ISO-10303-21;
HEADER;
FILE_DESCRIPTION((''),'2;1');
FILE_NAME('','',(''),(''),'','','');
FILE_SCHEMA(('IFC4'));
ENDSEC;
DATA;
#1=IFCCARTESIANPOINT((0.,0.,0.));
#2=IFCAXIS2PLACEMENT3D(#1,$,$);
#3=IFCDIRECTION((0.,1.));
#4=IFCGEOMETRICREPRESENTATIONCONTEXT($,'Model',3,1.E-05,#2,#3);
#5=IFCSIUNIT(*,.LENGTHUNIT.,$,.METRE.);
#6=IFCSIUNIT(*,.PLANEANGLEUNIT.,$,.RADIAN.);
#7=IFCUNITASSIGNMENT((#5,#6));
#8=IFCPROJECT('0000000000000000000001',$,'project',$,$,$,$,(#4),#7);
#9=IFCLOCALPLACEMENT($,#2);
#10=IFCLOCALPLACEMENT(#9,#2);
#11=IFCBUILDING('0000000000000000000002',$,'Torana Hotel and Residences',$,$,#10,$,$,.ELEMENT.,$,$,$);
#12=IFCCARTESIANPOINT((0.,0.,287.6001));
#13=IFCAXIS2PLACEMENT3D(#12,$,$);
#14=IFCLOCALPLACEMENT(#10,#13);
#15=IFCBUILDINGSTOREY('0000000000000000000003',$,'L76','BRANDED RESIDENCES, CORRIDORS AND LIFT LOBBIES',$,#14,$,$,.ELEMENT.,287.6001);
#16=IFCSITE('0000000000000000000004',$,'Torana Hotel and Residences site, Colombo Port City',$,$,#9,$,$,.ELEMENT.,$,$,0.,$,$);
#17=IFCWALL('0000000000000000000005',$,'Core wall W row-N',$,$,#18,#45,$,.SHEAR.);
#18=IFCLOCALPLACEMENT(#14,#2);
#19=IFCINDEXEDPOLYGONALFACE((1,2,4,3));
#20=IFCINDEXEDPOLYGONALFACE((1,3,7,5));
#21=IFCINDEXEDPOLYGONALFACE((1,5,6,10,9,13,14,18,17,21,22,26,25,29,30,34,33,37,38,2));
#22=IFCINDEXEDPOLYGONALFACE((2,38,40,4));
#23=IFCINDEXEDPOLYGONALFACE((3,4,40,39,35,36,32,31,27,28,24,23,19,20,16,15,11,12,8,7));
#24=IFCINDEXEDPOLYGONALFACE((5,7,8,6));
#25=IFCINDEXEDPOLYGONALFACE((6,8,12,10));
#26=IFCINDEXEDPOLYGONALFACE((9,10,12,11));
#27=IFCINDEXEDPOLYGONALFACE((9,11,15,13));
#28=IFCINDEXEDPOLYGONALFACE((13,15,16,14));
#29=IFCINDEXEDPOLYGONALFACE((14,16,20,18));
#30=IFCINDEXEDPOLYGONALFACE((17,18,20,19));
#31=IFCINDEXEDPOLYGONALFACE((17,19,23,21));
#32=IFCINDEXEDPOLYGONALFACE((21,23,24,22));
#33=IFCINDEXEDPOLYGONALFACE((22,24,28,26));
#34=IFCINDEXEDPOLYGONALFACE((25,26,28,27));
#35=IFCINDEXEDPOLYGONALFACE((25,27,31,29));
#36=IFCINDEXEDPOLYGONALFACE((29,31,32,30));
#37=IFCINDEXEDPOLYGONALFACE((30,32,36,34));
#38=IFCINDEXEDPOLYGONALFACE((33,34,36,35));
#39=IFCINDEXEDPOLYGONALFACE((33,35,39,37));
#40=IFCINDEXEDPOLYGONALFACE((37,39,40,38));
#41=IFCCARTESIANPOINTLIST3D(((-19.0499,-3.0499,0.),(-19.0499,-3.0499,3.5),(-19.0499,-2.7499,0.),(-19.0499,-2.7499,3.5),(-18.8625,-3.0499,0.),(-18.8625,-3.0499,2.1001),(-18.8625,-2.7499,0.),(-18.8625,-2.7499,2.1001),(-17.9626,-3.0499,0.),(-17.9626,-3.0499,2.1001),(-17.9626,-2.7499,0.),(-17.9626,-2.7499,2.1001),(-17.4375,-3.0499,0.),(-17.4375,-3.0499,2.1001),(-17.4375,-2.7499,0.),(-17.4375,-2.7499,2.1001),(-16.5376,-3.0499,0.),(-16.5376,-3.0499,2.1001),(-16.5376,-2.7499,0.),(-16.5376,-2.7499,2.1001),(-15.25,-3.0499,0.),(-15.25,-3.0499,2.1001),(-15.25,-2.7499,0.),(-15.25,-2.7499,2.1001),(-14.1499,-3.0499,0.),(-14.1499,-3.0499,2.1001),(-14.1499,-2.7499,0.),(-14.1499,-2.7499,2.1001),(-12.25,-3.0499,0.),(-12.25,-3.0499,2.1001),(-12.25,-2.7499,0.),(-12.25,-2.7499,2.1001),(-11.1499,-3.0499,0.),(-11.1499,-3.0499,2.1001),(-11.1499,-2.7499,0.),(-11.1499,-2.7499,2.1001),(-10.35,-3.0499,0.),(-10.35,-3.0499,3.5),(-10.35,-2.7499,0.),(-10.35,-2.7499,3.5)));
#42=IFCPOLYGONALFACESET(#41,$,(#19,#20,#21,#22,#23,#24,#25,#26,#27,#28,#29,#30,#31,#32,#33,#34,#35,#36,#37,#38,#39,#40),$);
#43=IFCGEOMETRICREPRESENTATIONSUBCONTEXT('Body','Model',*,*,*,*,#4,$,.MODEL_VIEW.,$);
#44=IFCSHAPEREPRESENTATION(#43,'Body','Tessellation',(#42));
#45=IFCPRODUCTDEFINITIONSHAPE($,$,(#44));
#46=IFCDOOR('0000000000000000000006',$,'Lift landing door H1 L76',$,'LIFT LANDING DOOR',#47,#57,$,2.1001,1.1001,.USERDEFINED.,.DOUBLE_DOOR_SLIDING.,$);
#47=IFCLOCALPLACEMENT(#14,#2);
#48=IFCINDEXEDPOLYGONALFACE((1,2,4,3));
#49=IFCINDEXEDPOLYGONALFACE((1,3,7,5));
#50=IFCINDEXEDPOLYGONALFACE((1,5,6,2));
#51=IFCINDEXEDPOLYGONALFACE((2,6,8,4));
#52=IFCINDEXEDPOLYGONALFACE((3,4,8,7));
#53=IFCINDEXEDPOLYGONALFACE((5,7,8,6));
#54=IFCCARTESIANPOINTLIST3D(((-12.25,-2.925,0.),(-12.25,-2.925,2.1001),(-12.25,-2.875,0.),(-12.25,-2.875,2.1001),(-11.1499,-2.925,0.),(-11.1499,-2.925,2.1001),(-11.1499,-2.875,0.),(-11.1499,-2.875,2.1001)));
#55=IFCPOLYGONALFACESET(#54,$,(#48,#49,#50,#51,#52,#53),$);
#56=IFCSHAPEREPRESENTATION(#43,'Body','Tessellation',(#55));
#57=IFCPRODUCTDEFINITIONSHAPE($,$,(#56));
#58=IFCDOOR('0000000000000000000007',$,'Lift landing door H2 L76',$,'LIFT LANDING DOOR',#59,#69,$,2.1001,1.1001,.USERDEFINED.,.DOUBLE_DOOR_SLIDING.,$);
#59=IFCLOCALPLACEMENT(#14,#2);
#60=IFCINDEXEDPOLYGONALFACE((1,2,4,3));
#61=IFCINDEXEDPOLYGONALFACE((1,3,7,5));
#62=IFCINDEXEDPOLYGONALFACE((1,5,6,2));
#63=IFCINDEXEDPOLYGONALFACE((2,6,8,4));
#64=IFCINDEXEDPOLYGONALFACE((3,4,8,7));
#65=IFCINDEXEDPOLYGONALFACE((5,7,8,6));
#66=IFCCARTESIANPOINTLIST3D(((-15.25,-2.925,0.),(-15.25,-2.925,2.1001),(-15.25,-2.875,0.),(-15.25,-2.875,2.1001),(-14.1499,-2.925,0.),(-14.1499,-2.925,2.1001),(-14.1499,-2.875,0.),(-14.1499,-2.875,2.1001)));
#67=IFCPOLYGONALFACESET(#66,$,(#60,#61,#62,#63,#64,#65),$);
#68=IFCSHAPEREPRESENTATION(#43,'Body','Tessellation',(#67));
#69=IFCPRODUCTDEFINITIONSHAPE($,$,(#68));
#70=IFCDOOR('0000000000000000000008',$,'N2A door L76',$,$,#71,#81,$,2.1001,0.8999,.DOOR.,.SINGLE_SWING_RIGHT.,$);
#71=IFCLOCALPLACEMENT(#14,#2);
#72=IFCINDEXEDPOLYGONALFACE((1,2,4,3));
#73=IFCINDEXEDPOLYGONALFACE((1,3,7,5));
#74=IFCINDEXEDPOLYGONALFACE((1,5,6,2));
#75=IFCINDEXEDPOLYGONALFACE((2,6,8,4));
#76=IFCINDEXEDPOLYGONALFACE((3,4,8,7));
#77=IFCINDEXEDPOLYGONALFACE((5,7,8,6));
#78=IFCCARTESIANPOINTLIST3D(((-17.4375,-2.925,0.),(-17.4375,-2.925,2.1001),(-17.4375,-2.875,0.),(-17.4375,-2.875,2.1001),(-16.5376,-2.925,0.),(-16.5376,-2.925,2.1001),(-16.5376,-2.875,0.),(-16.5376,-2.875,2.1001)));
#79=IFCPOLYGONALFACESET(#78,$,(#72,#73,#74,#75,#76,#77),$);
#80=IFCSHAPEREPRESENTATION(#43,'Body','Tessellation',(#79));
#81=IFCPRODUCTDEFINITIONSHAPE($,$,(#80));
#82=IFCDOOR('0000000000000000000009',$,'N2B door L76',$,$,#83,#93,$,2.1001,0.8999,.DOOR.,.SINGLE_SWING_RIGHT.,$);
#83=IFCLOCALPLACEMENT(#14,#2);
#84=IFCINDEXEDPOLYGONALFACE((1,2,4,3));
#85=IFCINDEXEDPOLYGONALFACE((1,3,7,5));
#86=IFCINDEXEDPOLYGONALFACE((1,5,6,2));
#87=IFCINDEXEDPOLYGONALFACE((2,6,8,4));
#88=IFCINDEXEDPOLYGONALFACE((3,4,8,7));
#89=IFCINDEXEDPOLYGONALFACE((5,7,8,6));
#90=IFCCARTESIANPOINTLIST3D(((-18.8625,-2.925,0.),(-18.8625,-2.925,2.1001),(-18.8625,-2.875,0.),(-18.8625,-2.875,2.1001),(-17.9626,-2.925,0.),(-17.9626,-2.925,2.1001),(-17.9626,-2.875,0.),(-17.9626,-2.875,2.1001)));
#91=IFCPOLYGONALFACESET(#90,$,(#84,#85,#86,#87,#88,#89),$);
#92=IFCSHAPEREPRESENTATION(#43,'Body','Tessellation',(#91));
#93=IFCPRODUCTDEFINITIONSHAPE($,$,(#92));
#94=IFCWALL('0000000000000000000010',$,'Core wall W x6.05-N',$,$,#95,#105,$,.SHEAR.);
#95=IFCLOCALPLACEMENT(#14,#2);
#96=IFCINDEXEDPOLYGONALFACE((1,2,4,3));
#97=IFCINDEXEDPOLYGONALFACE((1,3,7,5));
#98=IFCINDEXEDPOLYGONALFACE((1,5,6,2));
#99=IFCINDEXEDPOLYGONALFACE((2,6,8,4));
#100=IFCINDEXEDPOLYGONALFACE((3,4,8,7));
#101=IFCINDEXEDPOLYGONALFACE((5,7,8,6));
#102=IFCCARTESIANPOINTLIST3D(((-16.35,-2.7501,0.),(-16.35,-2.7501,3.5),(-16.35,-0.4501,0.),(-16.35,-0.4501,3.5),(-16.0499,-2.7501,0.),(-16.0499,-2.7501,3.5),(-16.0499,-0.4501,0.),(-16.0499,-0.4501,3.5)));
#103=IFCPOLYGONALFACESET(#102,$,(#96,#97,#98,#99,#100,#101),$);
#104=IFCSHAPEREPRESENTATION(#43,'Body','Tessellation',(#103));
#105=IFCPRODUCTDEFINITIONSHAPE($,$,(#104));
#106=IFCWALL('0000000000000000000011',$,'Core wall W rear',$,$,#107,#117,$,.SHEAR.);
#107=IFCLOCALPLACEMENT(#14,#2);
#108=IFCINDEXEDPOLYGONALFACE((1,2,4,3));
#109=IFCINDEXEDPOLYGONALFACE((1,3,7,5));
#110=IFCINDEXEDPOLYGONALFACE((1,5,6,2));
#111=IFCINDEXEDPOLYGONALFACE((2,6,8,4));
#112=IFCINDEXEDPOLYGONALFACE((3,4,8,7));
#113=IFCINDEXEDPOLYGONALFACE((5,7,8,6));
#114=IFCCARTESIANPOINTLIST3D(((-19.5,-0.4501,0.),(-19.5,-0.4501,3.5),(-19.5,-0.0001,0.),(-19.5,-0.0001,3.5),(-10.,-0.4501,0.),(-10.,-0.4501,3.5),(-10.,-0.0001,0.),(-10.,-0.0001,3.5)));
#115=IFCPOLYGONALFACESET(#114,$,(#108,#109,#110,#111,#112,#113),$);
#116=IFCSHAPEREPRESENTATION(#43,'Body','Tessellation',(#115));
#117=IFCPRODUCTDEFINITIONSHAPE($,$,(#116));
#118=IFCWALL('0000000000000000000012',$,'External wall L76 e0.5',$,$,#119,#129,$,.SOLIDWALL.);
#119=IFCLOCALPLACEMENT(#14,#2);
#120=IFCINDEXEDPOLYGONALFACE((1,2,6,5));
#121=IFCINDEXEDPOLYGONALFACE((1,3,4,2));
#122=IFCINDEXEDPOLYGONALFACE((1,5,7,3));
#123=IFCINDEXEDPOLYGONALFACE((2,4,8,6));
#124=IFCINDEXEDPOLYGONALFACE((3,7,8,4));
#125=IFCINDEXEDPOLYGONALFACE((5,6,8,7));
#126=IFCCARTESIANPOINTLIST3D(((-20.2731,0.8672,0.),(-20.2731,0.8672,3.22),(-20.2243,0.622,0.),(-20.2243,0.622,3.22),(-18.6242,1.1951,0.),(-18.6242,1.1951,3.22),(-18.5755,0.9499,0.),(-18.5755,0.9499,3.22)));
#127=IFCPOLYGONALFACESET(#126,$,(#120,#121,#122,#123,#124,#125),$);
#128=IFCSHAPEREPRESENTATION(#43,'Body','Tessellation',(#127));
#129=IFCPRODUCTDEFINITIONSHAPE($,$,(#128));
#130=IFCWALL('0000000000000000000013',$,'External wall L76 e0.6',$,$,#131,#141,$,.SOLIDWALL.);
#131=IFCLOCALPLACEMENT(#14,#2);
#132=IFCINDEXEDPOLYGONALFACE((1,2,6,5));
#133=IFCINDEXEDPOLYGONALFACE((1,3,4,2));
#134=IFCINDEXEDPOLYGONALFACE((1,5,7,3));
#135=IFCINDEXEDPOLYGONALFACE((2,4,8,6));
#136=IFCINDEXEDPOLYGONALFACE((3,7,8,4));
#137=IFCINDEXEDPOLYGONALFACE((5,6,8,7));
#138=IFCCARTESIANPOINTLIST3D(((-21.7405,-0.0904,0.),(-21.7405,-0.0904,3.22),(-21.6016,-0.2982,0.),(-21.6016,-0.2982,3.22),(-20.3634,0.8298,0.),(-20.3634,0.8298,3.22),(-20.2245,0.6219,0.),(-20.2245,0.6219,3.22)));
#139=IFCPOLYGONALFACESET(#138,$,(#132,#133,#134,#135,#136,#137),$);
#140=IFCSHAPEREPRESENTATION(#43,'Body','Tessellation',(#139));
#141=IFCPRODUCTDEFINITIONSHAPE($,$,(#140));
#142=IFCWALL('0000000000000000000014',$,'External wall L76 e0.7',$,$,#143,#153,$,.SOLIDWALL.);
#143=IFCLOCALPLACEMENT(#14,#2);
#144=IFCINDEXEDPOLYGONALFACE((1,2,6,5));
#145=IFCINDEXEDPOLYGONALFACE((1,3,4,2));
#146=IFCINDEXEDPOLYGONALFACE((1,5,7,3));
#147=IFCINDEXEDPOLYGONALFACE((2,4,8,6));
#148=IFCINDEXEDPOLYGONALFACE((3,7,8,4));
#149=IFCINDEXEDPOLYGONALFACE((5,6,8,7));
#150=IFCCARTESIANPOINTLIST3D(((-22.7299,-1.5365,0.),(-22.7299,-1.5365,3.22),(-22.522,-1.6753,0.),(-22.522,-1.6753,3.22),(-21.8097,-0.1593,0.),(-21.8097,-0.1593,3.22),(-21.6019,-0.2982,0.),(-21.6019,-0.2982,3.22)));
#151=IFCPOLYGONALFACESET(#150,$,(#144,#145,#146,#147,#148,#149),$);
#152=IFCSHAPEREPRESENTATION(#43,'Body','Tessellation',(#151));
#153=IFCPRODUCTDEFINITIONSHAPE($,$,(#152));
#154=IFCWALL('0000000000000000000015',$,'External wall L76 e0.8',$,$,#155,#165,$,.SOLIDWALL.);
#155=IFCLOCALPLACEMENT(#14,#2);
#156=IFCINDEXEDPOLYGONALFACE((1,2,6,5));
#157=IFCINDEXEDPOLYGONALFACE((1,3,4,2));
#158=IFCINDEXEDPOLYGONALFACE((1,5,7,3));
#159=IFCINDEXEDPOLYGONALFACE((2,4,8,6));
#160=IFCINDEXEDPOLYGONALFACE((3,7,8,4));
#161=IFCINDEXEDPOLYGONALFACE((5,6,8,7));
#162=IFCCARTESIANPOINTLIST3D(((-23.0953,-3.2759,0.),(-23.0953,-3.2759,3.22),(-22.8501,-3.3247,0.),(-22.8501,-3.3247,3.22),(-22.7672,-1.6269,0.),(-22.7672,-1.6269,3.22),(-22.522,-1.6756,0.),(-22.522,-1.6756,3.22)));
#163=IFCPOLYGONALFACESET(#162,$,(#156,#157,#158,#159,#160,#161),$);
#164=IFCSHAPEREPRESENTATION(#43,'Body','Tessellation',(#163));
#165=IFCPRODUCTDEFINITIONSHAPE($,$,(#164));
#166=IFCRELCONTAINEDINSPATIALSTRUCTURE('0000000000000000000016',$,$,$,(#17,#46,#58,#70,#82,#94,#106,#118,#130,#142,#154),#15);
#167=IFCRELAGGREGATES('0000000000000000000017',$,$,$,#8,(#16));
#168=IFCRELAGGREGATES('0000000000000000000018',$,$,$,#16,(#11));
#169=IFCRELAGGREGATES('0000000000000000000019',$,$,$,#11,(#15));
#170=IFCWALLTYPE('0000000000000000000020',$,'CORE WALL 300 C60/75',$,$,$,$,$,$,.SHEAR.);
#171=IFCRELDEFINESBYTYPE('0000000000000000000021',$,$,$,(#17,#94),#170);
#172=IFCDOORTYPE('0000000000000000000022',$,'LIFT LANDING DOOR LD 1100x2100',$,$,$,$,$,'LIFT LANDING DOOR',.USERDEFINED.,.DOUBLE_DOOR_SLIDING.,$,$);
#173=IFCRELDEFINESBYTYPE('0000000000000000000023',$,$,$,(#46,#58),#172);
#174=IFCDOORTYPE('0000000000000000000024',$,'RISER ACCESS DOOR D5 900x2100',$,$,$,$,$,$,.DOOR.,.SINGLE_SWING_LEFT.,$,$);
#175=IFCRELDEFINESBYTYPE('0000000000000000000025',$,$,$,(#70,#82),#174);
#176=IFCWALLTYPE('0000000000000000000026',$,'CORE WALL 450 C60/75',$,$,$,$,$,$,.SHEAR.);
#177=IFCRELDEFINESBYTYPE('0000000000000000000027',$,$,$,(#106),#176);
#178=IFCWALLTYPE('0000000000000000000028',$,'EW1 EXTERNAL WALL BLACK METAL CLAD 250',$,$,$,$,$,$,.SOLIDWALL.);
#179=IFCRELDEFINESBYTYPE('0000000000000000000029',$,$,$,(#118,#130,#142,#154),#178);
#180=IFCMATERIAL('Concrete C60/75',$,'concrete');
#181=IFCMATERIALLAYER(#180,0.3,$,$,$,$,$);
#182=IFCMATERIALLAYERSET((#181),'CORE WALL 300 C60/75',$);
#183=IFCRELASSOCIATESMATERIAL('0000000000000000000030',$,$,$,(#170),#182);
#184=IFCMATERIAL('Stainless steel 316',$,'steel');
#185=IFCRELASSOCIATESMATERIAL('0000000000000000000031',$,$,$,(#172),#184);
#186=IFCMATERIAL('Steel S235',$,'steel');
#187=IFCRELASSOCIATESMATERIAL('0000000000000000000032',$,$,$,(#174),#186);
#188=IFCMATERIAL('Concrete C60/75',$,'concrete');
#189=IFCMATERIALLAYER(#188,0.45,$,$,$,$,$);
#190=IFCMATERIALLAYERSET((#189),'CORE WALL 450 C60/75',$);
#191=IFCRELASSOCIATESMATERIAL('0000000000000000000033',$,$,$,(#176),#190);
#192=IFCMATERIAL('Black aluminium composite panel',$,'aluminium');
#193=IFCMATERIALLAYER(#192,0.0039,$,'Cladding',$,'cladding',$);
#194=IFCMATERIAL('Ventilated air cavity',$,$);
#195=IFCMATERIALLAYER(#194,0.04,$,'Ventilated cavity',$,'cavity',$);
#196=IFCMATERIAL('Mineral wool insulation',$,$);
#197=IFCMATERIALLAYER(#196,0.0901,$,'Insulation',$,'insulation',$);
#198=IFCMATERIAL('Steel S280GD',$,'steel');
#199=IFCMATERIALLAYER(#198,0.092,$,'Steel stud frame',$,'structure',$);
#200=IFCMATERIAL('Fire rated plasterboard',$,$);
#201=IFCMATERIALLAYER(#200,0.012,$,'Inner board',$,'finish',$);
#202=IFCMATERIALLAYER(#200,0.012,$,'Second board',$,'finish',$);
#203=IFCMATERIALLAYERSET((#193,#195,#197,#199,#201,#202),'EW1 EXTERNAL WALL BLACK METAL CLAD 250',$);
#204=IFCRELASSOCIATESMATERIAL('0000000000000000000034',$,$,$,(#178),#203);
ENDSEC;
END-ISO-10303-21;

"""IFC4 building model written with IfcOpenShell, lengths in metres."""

from ifc_helpers import new_model, si_unit, direction, frame, frame_2d, origin, place, context, subcontext, project, spatial, rectangle, extrude, material, layer, layer_set, type_object, element, fill, save


model = new_model("IFC4")

# Units and contexts
model_context = context("Model", 3, precision=1e-05, world=origin(), true_north=direction((0.0, 1.0)))
body_context = subcontext(model_context, "Body", "Model", "MODEL_VIEW")
ifc_project = project(units=[si_unit("LENGTHUNIT", "METRE"), si_unit("PLANEANGLEUNIT", "RADIAN")], contexts=[model_context])

# Site, building, storey
site_placement = place(None, origin())
site = spatial("IfcSite", under=ifc_project, at=site_placement, Name="Torana Hotel and Residences site, Colombo Port City", CompositionType="ELEMENT", RefElevation=0.0)
building_placement = place(site_placement, origin())
building = spatial("IfcBuilding", under=site, at=building_placement, Name="Torana Hotel and Residences", CompositionType="ELEMENT")
storey_placement = place(building_placement, frame((0.0, 0.0, 287.6001)))
storey = spatial("IfcBuildingStorey", under=building, at=storey_placement, Name="L76", Description="BRANDED RESIDENCES, CORRIDORS AND LIFT LOBBIES", CompositionType="ELEMENT", Elevation=287.6001)

# Wall, openings, doors
ifc_material_1 = material(Name="Concrete C60/75", Category="concrete")
ifc_layer_1 = layer(ifc_material_1, 0.3)
ifc_layer_set_1 = layer_set([ifc_layer_1], Name="CORE WALL 300 C60/75")
wall_type_1 = type_object("IfcWallType", Name="CORE WALL 300 C60/75", PredefinedType="SHEAR", material=ifc_layer_set_1)
wall_1_placement = place(storey_placement, frame((-19.05, -2.8999, 0.0), z_axis=(0.0, 0.0, 1.0), x_axis=(1.0, 0.0, 0.0)))
wall_1 = element("IfcWall", 1, at=wall_1_placement, inside=storey, type_object=wall_type_1, Name="Core wall W row-N", PredefinedType="SHEAR", context=body_context, shape_type="SweptSolid", body=[
    extrude(rectangle(XDim=8.7, YDim=0.3, at=frame_2d((4.3501, 0.0))), origin(), (0.0, 0.0, 1.0), 3.5),
])
opening_1_placement = place(wall_1_placement, frame((6.8, 0.0, 0.0)))
opening_1 = element("IfcOpeningElement", 2, at=opening_1_placement, cuts=wall_1, PredefinedType="OPENING", context=body_context, shape_type="SweptSolid", body=[
    extrude(rectangle(XDim=1.1001, YDim=2.1001, at=frame_2d((0.55, 1.05))), frame((0.0, 0.1599, 0.0), z_axis=(0.0, -1.0, 0.0), x_axis=(1.0, 0.0, 0.0)), (0.0, 0.0, 1.0), 0.3201),
])
opening_2_placement = place(wall_1_placement, frame((3.8, 0.0, 0.0)))
opening_2 = element("IfcOpeningElement", 3, at=opening_2_placement, cuts=wall_1, PredefinedType="OPENING", context=body_context, shape_type="SweptSolid", body=[
    extrude(rectangle(XDim=1.1001, YDim=2.1001, at=frame_2d((0.55, 1.05))), frame((0.0, 0.1599, 0.0), z_axis=(0.0, -1.0, 0.0), x_axis=(1.0, 0.0, 0.0)), (0.0, 0.0, 1.0), 0.3201),
])
opening_3_placement = place(wall_1_placement, frame((1.6125, 0.0, 0.0)))
opening_3 = element("IfcOpeningElement", 4, at=opening_3_placement, cuts=wall_1, PredefinedType="OPENING", context=body_context, shape_type="SweptSolid", body=[
    extrude(rectangle(XDim=0.8999, YDim=2.1001, at=frame_2d((0.45, 1.05))), frame((0.0, 0.1599, 0.0), z_axis=(0.0, -1.0, 0.0), x_axis=(1.0, 0.0, 0.0)), (0.0, 0.0, 1.0), 0.3201),
])
opening_4_placement = place(wall_1_placement, frame((0.1875, 0.0, 0.0)))
opening_4 = element("IfcOpeningElement", 5, at=opening_4_placement, cuts=wall_1, PredefinedType="OPENING", context=body_context, shape_type="SweptSolid", body=[
    extrude(rectangle(XDim=0.8999, YDim=2.1001, at=frame_2d((0.45, 1.05))), frame((0.0, 0.1599, 0.0), z_axis=(0.0, -1.0, 0.0), x_axis=(1.0, 0.0, 0.0)), (0.0, 0.0, 1.0), 0.3201),
])
ifc_material_2 = material(Name="Stainless steel 316", Category="steel")
door_type_1 = type_object("IfcDoorType", Name="LIFT LANDING DOOR LD 1100x2100", ElementType="LIFT LANDING DOOR", OperationType="DOUBLE_DOOR_SLIDING", PredefinedType="USERDEFINED", material=ifc_material_2)
door_1_placement = place(opening_1_placement, origin())
door_1 = element("IfcDoor", 6, at=door_1_placement, inside=storey, type_object=door_type_1, Name="Lift landing door H1 L76", ObjectType="LIFT LANDING DOOR", OperationType="DOUBLE_DOOR_SLIDING", OverallHeight=2.1001, OverallWidth=1.1001, PredefinedType="USERDEFINED", context=body_context, shape_type="SweptSolid", body=[
    extrude(rectangle(XDim=1.1001, YDim=2.1001, at=frame_2d((0.55, 1.05))), frame((0.0, 0.0249, 0.0), z_axis=(0.0, -1.0, 0.0), x_axis=(1.0, 0.0, 0.0)), (0.0, 0.0, 1.0), 0.05),
])
fill(opening_1, door_1)
door_2_placement = place(opening_2_placement, origin())
door_2 = element("IfcDoor", 7, at=door_2_placement, inside=storey, type_object=door_type_1, Name="Lift landing door H2 L76", ObjectType="LIFT LANDING DOOR", OperationType="DOUBLE_DOOR_SLIDING", OverallHeight=2.1001, OverallWidth=1.1001, PredefinedType="USERDEFINED", context=body_context, shape_type="SweptSolid", body=[
    extrude(rectangle(XDim=1.1001, YDim=2.1001, at=frame_2d((0.55, 1.05))), frame((0.0, 0.0249, 0.0), z_axis=(0.0, -1.0, 0.0), x_axis=(1.0, 0.0, 0.0)), (0.0, 0.0, 1.0), 0.05),
])
fill(opening_2, door_2)
ifc_material_3 = material(Name="Steel S235", Category="steel")
door_type_2 = type_object("IfcDoorType", Name="RISER ACCESS DOOR D5 900x2100", OperationType="SINGLE_SWING_LEFT", PredefinedType="DOOR", material=ifc_material_3)
door_3_placement = place(opening_3_placement, origin())
door_3 = element("IfcDoor", 8, at=door_3_placement, inside=storey, type_object=door_type_2, Name="N2A door L76", OperationType="SINGLE_SWING_RIGHT", OverallHeight=2.1001, OverallWidth=0.8999, PredefinedType="DOOR", context=body_context, shape_type="SweptSolid", body=[
    extrude(rectangle(XDim=0.8999, YDim=2.1001, at=frame_2d((0.45, 1.05))), frame((0.0, 0.0249, 0.0), z_axis=(0.0, -1.0, 0.0), x_axis=(1.0, 0.0, 0.0)), (0.0, 0.0, 1.0), 0.05),
])
fill(opening_3, door_3)
door_4_placement = place(opening_4_placement, origin())
door_4 = element("IfcDoor", 9, at=door_4_placement, inside=storey, type_object=door_type_2, Name="N2B door L76", OperationType="SINGLE_SWING_RIGHT", OverallHeight=2.1001, OverallWidth=0.8999, PredefinedType="DOOR", context=body_context, shape_type="SweptSolid", body=[
    extrude(rectangle(XDim=0.8999, YDim=2.1001, at=frame_2d((0.45, 1.05))), frame((0.0, 0.0249, 0.0), z_axis=(0.0, -1.0, 0.0), x_axis=(1.0, 0.0, 0.0)), (0.0, 0.0, 1.0), 0.05),
])
fill(opening_4, door_4)

# Walls
wall_2_placement = place(storey_placement, frame((-16.2, -2.75, 0.0), z_axis=(0.0, 0.0, 1.0), x_axis=(0.0, 1.0, 0.0)))
element("IfcWall", 10, at=wall_2_placement, inside=storey, type_object=wall_type_1, Name="Core wall W x6.05-N", PredefinedType="SHEAR", context=body_context, shape_type="SweptSolid", body=[
    extrude(rectangle(XDim=2.3, YDim=0.3, at=frame_2d((1.1499, 0.0))), origin(), (0.0, 0.0, 1.0), 3.5),
])
ifc_material_4 = material(Name="Concrete C60/75", Category="concrete")
ifc_layer_2 = layer(ifc_material_4, 0.45)
ifc_layer_set_2 = layer_set([ifc_layer_2], Name="CORE WALL 450 C60/75")
wall_type_2 = type_object("IfcWallType", Name="CORE WALL 450 C60/75", PredefinedType="SHEAR", material=ifc_layer_set_2)
wall_3_placement = place(storey_placement, frame((-19.5, -0.2251, 0.0), z_axis=(0.0, 0.0, 1.0), x_axis=(1.0, 0.0, 0.0)))
element("IfcWall", 11, at=wall_3_placement, inside=storey, type_object=wall_type_2, Name="Core wall W rear", PredefinedType="SHEAR", context=body_context, shape_type="SweptSolid", body=[
    extrude(rectangle(XDim=9.5, YDim=0.45, at=frame_2d((4.75, 0.0))), origin(), (0.0, 0.0, 1.0), 3.5),
])
ifc_material_5 = material(Name="Black aluminium composite panel", Category="aluminium")
ifc_layer_3 = layer(ifc_material_5, 0.0039, Name="Cladding", Category="cladding")
ifc_material_6 = material(Name="Ventilated air cavity")
ifc_layer_4 = layer(ifc_material_6, 0.04, Name="Ventilated cavity", Category="cavity")
ifc_material_7 = material(Name="Mineral wool insulation")
ifc_layer_5 = layer(ifc_material_7, 0.0901, Name="Insulation", Category="insulation")
ifc_material_8 = material(Name="Steel S280GD", Category="steel")
ifc_layer_6 = layer(ifc_material_8, 0.092, Name="Steel stud frame", Category="structure")
ifc_material_9 = material(Name="Fire rated plasterboard")
ifc_layer_7 = layer(ifc_material_9, 0.012, Name="Inner board", Category="finish")
ifc_layer_8 = layer(ifc_material_9, 0.012, Name="Second board", Category="finish")
ifc_layer_set_3 = layer_set([ifc_layer_3, ifc_layer_4, ifc_layer_5, ifc_layer_6, ifc_layer_7, ifc_layer_8], Name="EW1 EXTERNAL WALL BLACK METAL CLAD 250")
wall_type_3 = type_object("IfcWallType", Name="EW1 EXTERNAL WALL BLACK METAL CLAD 250", PredefinedType="SOLIDWALL", material=ifc_layer_set_3)
wall_4_placement = place(storey_placement, frame((-18.5999, 1.0725, 0.0), z_axis=(0.0, 0.0, 1.0), x_axis=(-0.980798, -0.195027, 0.0)))
element("IfcWall", 12, at=wall_4_placement, inside=storey, type_object=wall_type_3, Name="External wall L76 e0.5", PredefinedType="SOLIDWALL", context=body_context, shape_type="SweptSolid", body=[
    extrude(rectangle(XDim=1.6812, YDim=0.25, at=frame_2d((0.8406, 0.0))), origin(), (0.0, 0.0, 1.0), 3.22),
])
for number, where, z_axis, x_axis, name in (
    (13, (-20.2939, 0.7258, 0.0), (0.0, 0.0, 1.0), (-0.831483, -0.55555, 0.0), "External wall L76 e0.6"),
    (14, (-21.7058, -0.2288, 0.0), (0.0, 0.0, 1.0), (-0.55555, -0.831483, 0.0), "External wall L76 e0.7"),
):
    element("IfcWall", number, at=place(storey_placement, frame(where, z_axis=z_axis, x_axis=x_axis)), inside=storey, type_object=wall_type_3, Name=name, PredefinedType="SOLIDWALL", context=body_context, shape_type="SweptSolid", body=[
        extrude(rectangle(XDim=1.6562, YDim=0.25, at=frame_2d((0.8281, 0.0))), origin(), (0.0, 0.0, 1.0), 3.22),
    ])
wall_5_placement = place(storey_placement, frame((-22.6445, -1.6511, 0.0), z_axis=(0.0, 0.0, 1.0), x_axis=(-0.195139, -0.980776, 0.0)))
element("IfcWall", 15, at=wall_5_placement, inside=storey, type_object=wall_type_3, Name="External wall L76 e0.8", PredefinedType="SOLIDWALL", context=body_context, shape_type="SweptSolid", body=[
    extrude(rectangle(XDim=1.6814, YDim=0.25, at=frame_2d((0.8408, 0.0))), origin(), (0.0, 0.0, 1.0), 3.22),
])

save(model, "model.ifc")
